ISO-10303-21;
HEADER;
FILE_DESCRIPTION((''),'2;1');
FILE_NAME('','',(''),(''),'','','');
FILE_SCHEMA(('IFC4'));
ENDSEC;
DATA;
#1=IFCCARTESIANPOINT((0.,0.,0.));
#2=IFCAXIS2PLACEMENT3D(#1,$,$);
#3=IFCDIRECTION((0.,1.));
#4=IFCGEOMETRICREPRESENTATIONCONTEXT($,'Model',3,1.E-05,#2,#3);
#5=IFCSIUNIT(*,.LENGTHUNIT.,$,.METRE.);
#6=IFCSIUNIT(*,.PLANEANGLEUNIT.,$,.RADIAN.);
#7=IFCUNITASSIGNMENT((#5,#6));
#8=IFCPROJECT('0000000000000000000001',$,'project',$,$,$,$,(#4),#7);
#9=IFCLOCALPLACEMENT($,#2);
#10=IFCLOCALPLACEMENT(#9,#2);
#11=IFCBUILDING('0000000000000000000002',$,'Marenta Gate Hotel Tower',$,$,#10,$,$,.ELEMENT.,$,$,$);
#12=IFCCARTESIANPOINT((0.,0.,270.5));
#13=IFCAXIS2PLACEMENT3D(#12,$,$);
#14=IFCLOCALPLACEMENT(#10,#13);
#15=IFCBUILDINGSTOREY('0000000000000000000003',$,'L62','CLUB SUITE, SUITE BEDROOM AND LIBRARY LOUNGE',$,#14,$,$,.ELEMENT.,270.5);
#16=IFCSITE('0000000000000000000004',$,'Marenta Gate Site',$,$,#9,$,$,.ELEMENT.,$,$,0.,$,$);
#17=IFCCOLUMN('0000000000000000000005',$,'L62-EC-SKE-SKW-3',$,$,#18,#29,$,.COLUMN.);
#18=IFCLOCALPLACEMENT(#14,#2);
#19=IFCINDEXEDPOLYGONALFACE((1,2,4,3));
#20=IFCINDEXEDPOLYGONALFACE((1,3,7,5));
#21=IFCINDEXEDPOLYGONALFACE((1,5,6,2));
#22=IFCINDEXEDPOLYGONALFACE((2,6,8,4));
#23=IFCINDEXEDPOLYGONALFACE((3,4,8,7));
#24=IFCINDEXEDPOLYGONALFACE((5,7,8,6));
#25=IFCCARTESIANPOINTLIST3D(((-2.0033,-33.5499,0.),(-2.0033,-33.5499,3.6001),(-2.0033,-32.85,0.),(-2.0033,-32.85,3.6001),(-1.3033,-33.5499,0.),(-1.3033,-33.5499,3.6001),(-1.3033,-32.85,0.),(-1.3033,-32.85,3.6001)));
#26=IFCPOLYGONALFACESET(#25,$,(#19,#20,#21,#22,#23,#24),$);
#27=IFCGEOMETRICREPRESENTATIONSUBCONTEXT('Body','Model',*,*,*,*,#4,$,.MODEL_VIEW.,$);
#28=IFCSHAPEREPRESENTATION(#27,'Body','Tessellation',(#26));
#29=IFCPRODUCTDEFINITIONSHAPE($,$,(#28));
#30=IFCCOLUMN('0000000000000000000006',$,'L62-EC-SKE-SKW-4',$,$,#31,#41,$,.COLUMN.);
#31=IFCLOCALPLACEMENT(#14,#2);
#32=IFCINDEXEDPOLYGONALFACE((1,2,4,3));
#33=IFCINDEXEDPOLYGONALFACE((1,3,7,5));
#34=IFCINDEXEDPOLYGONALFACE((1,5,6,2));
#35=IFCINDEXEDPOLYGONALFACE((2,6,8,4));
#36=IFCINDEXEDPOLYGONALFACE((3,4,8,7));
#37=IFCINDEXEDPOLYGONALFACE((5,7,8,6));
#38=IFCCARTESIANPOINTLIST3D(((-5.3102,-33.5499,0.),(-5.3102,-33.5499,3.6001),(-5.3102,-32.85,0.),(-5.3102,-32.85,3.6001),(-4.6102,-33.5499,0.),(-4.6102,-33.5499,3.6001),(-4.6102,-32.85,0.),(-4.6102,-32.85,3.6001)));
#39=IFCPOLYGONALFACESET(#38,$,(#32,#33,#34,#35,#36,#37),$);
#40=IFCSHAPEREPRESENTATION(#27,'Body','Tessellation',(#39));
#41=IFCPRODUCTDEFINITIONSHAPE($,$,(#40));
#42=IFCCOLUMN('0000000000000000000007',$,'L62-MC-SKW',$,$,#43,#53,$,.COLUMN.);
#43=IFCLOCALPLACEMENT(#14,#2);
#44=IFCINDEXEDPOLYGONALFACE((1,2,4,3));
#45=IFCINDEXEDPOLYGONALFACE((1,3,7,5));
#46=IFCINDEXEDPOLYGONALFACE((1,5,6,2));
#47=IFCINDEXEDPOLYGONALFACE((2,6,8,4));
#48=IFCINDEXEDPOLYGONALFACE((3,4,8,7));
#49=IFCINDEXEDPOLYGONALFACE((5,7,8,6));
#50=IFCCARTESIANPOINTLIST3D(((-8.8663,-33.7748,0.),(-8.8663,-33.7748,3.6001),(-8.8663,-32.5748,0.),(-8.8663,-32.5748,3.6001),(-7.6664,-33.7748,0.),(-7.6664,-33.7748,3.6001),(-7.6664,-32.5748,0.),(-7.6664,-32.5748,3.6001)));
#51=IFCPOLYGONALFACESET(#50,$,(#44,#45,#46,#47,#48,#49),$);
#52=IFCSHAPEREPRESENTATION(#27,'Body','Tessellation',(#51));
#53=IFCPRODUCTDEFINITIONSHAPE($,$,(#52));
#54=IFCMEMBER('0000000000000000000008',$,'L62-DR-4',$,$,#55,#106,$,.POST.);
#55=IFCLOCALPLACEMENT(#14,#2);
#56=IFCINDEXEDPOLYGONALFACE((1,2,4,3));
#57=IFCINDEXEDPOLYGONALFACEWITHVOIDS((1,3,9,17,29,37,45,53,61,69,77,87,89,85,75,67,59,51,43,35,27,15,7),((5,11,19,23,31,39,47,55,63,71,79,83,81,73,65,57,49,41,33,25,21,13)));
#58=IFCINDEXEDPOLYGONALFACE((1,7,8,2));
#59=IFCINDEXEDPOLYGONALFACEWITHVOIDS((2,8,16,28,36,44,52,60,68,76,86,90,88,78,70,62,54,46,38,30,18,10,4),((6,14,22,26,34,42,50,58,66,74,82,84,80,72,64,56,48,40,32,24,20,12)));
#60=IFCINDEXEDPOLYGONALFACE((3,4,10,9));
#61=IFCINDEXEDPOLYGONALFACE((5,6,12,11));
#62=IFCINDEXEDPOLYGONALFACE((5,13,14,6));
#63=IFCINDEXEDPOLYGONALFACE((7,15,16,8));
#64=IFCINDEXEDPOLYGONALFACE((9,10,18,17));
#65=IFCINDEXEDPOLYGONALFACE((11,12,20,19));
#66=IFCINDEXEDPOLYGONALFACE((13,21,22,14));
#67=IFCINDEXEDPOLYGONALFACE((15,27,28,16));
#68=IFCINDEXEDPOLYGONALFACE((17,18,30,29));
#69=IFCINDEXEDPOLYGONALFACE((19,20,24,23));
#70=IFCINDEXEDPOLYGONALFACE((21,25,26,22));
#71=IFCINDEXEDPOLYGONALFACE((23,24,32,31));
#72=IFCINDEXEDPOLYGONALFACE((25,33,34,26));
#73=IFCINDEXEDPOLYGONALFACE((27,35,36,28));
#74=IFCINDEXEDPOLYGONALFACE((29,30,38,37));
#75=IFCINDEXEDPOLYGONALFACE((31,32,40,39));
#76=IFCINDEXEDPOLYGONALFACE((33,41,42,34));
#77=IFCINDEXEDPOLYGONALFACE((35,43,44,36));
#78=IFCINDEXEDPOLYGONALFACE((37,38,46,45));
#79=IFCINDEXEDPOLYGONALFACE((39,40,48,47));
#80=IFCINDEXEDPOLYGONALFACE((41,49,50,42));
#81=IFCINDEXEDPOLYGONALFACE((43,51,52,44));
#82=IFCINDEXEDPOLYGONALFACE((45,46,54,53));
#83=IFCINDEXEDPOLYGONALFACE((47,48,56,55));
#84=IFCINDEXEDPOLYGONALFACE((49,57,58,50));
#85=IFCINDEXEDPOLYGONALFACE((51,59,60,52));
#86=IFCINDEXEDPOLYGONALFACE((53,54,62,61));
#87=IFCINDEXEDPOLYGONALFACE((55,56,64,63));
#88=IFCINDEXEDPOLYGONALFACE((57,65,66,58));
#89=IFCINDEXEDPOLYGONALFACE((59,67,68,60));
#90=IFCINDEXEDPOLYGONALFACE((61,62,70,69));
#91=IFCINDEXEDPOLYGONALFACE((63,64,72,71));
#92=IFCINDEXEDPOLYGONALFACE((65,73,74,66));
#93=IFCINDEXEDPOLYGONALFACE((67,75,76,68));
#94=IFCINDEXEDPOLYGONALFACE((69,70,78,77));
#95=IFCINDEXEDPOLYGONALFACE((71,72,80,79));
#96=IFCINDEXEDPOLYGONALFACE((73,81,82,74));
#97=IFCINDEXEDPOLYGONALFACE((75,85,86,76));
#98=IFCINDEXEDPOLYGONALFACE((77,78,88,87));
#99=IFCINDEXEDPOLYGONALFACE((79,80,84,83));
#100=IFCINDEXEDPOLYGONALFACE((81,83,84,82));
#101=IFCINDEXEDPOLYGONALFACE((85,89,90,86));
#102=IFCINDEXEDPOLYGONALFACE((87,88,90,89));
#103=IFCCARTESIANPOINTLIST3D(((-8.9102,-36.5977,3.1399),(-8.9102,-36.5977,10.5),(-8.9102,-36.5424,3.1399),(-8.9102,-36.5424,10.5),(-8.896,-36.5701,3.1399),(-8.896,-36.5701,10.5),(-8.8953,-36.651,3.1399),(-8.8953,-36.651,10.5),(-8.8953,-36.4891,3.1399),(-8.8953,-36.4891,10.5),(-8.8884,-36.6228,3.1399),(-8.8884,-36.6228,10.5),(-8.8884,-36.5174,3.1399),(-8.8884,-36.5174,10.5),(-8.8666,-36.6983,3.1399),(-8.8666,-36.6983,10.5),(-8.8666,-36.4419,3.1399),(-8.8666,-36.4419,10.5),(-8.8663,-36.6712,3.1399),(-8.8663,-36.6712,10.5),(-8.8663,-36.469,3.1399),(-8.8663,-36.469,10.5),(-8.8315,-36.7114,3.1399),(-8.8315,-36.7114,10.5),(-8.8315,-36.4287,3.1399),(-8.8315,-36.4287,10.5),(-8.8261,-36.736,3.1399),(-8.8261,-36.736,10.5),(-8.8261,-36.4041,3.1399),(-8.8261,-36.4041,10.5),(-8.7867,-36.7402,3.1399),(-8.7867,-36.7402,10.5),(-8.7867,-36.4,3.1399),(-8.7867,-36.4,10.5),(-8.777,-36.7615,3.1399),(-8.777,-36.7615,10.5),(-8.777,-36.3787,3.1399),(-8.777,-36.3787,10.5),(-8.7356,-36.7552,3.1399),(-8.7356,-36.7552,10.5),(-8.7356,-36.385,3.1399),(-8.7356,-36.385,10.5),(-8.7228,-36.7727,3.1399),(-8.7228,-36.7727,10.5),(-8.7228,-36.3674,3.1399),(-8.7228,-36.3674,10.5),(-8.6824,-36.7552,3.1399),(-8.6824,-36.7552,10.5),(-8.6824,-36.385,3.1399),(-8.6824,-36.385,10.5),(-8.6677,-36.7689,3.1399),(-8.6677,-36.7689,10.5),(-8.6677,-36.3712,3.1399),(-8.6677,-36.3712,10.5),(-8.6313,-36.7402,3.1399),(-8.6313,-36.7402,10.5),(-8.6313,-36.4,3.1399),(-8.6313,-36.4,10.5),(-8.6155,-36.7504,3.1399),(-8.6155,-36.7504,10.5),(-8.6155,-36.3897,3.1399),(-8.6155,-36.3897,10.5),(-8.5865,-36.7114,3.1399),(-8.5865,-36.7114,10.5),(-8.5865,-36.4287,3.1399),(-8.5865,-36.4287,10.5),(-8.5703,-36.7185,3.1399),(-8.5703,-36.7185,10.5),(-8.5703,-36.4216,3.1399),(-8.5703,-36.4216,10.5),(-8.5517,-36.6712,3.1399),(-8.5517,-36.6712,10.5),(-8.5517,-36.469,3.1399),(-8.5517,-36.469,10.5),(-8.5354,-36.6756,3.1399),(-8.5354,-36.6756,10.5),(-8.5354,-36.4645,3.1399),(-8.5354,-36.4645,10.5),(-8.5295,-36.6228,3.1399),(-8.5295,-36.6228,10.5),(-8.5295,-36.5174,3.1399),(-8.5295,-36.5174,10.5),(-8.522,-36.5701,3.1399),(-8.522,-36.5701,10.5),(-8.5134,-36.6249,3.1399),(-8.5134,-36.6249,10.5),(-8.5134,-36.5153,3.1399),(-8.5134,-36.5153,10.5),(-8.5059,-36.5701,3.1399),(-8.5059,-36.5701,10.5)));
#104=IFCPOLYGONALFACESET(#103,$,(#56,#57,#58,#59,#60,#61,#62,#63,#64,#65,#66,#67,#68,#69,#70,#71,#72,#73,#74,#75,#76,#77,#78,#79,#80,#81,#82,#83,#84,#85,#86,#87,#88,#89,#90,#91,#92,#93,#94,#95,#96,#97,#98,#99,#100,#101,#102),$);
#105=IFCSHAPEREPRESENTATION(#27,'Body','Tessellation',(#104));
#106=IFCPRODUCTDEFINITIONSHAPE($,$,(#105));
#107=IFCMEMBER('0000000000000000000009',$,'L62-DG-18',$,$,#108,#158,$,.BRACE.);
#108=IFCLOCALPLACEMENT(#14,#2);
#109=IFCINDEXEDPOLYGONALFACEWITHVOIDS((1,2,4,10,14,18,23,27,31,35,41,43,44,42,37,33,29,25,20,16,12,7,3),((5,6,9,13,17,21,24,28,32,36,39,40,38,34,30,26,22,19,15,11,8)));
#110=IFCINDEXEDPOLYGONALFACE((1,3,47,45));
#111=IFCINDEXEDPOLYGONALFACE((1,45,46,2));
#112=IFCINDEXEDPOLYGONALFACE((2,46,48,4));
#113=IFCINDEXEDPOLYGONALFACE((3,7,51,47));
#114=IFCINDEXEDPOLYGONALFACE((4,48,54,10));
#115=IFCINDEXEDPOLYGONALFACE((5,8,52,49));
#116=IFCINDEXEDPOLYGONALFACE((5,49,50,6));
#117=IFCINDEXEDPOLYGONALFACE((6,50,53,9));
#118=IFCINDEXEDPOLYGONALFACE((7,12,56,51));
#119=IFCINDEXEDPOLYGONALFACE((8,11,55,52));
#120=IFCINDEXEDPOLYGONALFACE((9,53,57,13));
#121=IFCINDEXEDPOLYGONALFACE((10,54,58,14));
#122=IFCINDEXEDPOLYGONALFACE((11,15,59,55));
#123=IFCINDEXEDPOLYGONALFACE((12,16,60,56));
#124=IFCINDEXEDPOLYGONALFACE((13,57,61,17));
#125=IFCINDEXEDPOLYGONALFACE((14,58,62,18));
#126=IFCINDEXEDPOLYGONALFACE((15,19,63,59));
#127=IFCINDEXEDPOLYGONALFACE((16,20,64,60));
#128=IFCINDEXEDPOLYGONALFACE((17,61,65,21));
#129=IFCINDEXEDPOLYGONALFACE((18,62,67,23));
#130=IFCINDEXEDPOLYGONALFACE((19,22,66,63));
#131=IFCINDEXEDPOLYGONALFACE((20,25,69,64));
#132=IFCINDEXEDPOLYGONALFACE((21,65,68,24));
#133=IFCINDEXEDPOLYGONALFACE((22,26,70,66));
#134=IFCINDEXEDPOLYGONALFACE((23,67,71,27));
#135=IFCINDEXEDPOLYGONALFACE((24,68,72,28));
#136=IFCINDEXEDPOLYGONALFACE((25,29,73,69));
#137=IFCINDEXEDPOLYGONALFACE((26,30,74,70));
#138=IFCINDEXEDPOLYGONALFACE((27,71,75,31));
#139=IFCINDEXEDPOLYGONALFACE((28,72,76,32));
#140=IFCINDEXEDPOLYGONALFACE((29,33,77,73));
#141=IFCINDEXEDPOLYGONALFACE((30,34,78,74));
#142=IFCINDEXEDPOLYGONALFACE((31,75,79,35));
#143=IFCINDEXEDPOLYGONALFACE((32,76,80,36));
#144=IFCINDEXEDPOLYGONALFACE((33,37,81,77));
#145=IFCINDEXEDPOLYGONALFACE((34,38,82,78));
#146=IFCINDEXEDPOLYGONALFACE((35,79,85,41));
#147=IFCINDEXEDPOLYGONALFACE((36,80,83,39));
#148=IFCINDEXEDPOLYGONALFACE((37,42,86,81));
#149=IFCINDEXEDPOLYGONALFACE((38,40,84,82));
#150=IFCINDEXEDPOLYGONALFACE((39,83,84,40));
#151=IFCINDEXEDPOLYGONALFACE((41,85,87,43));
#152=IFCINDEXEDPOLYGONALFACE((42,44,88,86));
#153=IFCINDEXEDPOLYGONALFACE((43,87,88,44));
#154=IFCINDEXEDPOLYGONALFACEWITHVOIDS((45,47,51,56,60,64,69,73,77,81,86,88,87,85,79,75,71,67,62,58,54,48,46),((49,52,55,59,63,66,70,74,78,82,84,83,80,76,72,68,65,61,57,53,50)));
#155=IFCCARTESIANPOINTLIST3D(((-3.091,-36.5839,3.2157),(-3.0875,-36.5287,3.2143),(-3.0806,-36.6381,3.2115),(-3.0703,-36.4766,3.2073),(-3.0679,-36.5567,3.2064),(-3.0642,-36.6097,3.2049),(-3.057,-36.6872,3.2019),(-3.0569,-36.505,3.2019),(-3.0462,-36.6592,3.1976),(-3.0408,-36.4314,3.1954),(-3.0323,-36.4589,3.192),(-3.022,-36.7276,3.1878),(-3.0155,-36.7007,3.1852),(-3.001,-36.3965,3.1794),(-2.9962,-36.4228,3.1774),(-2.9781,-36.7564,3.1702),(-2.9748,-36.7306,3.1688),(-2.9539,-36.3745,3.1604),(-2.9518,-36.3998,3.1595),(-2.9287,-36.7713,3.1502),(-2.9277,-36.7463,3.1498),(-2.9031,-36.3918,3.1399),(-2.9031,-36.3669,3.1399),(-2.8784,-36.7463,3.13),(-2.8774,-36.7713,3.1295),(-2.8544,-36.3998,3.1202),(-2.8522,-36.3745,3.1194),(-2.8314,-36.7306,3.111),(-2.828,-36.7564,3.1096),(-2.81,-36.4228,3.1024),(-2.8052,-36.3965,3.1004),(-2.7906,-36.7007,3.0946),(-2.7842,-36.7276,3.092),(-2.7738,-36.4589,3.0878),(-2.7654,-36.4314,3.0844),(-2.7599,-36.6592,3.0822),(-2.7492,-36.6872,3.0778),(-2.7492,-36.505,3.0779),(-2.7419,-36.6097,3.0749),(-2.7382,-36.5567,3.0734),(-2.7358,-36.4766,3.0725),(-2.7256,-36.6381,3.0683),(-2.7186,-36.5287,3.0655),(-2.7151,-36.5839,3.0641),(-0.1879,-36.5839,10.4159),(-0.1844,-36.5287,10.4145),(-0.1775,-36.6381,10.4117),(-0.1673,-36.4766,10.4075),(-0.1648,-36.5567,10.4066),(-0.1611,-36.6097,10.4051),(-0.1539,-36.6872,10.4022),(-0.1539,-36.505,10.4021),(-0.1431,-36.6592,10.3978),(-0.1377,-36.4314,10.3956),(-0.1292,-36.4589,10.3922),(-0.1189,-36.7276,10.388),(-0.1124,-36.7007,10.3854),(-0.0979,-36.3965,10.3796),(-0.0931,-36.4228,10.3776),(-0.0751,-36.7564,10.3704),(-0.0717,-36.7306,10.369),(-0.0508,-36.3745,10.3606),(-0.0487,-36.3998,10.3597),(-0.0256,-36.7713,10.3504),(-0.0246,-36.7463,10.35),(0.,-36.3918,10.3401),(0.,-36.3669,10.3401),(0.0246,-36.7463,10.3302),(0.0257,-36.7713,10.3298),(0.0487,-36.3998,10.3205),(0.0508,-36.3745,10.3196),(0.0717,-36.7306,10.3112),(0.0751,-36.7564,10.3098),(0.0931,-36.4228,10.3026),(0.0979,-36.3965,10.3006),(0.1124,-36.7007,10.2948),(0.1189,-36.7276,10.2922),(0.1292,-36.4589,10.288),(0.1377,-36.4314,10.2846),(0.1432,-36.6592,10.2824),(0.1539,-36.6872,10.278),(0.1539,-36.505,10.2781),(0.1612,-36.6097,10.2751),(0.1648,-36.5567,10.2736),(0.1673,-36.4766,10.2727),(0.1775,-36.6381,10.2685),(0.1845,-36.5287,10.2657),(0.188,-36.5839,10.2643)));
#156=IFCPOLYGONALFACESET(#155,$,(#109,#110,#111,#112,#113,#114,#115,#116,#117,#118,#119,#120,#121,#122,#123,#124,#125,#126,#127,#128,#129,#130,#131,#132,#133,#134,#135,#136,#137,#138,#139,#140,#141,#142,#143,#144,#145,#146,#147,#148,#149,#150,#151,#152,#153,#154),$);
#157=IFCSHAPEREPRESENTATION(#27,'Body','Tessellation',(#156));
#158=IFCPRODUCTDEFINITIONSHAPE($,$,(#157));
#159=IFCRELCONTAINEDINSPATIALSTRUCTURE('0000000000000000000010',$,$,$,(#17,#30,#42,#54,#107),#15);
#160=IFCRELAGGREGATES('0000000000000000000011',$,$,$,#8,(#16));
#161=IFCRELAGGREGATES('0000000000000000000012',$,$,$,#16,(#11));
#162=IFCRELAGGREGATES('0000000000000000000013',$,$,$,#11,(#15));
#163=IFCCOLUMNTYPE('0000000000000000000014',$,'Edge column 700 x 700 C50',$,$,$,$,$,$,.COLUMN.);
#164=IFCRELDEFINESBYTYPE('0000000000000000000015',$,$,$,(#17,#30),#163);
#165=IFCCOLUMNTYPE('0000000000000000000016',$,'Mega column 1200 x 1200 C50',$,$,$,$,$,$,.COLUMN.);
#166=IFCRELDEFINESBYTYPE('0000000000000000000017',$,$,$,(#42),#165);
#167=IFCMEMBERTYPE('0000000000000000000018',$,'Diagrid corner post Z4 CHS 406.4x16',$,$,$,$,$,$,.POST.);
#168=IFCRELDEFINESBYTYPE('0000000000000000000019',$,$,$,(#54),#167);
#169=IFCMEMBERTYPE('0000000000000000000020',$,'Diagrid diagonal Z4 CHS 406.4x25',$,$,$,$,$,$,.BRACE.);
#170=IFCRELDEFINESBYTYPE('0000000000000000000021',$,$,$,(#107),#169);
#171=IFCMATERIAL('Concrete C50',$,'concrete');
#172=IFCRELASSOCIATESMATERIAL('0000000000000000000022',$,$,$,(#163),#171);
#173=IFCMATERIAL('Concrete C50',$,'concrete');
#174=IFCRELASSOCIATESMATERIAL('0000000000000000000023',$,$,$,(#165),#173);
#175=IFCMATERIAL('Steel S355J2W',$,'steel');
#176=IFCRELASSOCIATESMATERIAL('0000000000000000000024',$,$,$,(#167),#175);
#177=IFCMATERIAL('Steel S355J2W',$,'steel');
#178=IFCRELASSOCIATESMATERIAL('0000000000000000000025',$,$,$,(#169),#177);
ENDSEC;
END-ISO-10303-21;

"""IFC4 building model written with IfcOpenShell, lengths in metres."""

from ifc_helpers import new_model, si_unit, direction, frame, origin, origin_2d, place, context, subcontext, project, spatial, rectangle, hollow_circle, extrude, material, material_profile, profile_set, type_object, element, save


model = new_model("IFC4")

# Units and contexts
model_context = context("Model", 3, precision=1e-05, world=origin(), true_north=direction((0.0, 1.0)))
body_context = subcontext(model_context, "Body", "Model", "MODEL_VIEW")
ifc_project = project(units=[si_unit("LENGTHUNIT", "METRE"), si_unit("PLANEANGLEUNIT", "RADIAN")], contexts=[model_context])

# Site, building, storey
site_placement = place(None, origin())
site = spatial("IfcSite", under=ifc_project, at=site_placement, Name="Marenta Gate Site", CompositionType="ELEMENT", RefElevation=0.0)
building_placement = place(site_placement, origin())
building = spatial("IfcBuilding", under=site, at=building_placement, Name="Marenta Gate Hotel Tower", CompositionType="ELEMENT")
storey_placement = place(building_placement, frame((0.0, 0.0, 270.5)))
storey = spatial("IfcBuildingStorey", under=building, at=storey_placement, Name="L62", Description="CLUB SUITE, SUITE BEDROOM AND LIBRARY LOUNGE", CompositionType="ELEMENT", Elevation=270.5)

# Columns
ifc_material_1 = material(Name="Concrete C50", Category="concrete")
ifc_material_profile_1 = material_profile(ifc_material_1, rectangle(XDim=0.7, YDim=0.7, at=origin_2d()), Name="700 x 700")
ifc_profile_set_1 = profile_set([ifc_material_profile_1], Name="Concrete C50")
column_type_1 = type_object("IfcColumnType", Name="Edge column 700 x 700 C50", PredefinedType="COLUMN", material=ifc_profile_set_1)
for number, where, z_axis, x_axis, name in (
    (1, (-1.6533, -33.2, 0.0), (0.0, 0.0, 1.0), (1.0, 0.0, 0.0), "L62-EC-SKE-SKW-3"),
    (2, (-4.9602, -33.2, 0.0), (0.0, 0.0, 1.0), (1.0, 0.0, 0.0), "L62-EC-SKE-SKW-4"),
):
    element("IfcColumn", number, at=place(storey_placement, frame(where, z_axis=z_axis, x_axis=x_axis)), inside=storey, type_object=column_type_1, Name=name, PredefinedType="COLUMN", context=body_context, shape_type="SweptSolid", body=[
        extrude(rectangle(XDim=0.7, YDim=0.7, at=origin_2d()), origin(), (0.0, 0.0, 1.0), 3.6001),
    ])
ifc_material_2 = material(Name="Concrete C50", Category="concrete")
ifc_material_profile_2 = material_profile(ifc_material_2, rectangle(XDim=1.2, YDim=1.2, at=origin_2d()), Name="1200 x 1200")
ifc_profile_set_2 = profile_set([ifc_material_profile_2], Name="Concrete C50")
column_type_2 = type_object("IfcColumnType", Name="Mega column 1200 x 1200 C50", PredefinedType="COLUMN", material=ifc_profile_set_2)
column_placement = place(storey_placement, frame((-8.2664, -33.1748, 0.0), z_axis=(0.0, 0.0, 1.0), x_axis=(1.0, 0.0, 0.0)))
element("IfcColumn", 3, at=column_placement, inside=storey, type_object=column_type_2, Name="L62-MC-SKW", PredefinedType="COLUMN", context=body_context, shape_type="SweptSolid", body=[
    extrude(rectangle(XDim=1.2, YDim=1.2, at=origin_2d()), origin(), (0.0, 0.0, 1.0), 3.6001),
])

# Members
ifc_material_3 = material(Name="Steel S355J2W", Category="steel")
ifc_material_profile_3 = material_profile(ifc_material_3, hollow_circle(Radius=0.2031, WallThickness=0.0161, at=origin_2d()), Name="CHS 406.4x16")
ifc_profile_set_3 = profile_set([ifc_material_profile_3], Name="Steel S355J2W")
member_type_1 = type_object("IfcMemberType", Name="Diagrid corner post Z4 CHS 406.4x16", PredefinedType="POST", material=ifc_profile_set_3)
member_1_placement = place(storey_placement, frame((-8.709, -36.5701, 3.1399), z_axis=(0.0, 0.0, 1.0), x_axis=(1.0, 0.0, 0.0)))
element("IfcMember", 4, at=member_1_placement, inside=storey, type_object=member_type_1, Name="L62-DR-4", PredefinedType="POST", context=body_context, shape_type="SweptSolid", body=[
    extrude(hollow_circle(Radius=0.2031, WallThickness=0.0161, at=origin_2d()), origin(), (0.0, 0.0, 1.0), 7.3601),
])
ifc_material_4 = material(Name="Steel S355J2W", Category="steel")
ifc_material_profile_4 = material_profile(ifc_material_4, hollow_circle(Radius=0.2031, WallThickness=0.0249, at=origin_2d()), Name="CHS 406.4x25")
ifc_profile_set_4 = profile_set([ifc_material_profile_4], Name="Steel S355J2W")
member_type_2 = type_object("IfcMemberType", Name="Diagrid diagonal Z4 CHS 406.4x25", PredefinedType="BRACE", material=ifc_profile_set_4)
for number, where, z_axis, x_axis, name in (
    (5, (-2.9031, -36.5701, 3.1399), (0.373943, 0.0, 0.927452), (0.0, 1.0, 0.0), "L62-DG-18"),
):
    element("IfcMember", number, at=place(storey_placement, frame(where, z_axis=z_axis, x_axis=x_axis)), inside=storey, type_object=member_type_2, Name=name, PredefinedType="BRACE", context=body_context, shape_type="SweptSolid", body=[
        extrude(hollow_circle(Radius=0.2031, WallThickness=0.0249, at=origin_2d()), origin(), (0.0, 0.0, 1.0), 7.7634),
    ])

save(model, "model.ifc")
